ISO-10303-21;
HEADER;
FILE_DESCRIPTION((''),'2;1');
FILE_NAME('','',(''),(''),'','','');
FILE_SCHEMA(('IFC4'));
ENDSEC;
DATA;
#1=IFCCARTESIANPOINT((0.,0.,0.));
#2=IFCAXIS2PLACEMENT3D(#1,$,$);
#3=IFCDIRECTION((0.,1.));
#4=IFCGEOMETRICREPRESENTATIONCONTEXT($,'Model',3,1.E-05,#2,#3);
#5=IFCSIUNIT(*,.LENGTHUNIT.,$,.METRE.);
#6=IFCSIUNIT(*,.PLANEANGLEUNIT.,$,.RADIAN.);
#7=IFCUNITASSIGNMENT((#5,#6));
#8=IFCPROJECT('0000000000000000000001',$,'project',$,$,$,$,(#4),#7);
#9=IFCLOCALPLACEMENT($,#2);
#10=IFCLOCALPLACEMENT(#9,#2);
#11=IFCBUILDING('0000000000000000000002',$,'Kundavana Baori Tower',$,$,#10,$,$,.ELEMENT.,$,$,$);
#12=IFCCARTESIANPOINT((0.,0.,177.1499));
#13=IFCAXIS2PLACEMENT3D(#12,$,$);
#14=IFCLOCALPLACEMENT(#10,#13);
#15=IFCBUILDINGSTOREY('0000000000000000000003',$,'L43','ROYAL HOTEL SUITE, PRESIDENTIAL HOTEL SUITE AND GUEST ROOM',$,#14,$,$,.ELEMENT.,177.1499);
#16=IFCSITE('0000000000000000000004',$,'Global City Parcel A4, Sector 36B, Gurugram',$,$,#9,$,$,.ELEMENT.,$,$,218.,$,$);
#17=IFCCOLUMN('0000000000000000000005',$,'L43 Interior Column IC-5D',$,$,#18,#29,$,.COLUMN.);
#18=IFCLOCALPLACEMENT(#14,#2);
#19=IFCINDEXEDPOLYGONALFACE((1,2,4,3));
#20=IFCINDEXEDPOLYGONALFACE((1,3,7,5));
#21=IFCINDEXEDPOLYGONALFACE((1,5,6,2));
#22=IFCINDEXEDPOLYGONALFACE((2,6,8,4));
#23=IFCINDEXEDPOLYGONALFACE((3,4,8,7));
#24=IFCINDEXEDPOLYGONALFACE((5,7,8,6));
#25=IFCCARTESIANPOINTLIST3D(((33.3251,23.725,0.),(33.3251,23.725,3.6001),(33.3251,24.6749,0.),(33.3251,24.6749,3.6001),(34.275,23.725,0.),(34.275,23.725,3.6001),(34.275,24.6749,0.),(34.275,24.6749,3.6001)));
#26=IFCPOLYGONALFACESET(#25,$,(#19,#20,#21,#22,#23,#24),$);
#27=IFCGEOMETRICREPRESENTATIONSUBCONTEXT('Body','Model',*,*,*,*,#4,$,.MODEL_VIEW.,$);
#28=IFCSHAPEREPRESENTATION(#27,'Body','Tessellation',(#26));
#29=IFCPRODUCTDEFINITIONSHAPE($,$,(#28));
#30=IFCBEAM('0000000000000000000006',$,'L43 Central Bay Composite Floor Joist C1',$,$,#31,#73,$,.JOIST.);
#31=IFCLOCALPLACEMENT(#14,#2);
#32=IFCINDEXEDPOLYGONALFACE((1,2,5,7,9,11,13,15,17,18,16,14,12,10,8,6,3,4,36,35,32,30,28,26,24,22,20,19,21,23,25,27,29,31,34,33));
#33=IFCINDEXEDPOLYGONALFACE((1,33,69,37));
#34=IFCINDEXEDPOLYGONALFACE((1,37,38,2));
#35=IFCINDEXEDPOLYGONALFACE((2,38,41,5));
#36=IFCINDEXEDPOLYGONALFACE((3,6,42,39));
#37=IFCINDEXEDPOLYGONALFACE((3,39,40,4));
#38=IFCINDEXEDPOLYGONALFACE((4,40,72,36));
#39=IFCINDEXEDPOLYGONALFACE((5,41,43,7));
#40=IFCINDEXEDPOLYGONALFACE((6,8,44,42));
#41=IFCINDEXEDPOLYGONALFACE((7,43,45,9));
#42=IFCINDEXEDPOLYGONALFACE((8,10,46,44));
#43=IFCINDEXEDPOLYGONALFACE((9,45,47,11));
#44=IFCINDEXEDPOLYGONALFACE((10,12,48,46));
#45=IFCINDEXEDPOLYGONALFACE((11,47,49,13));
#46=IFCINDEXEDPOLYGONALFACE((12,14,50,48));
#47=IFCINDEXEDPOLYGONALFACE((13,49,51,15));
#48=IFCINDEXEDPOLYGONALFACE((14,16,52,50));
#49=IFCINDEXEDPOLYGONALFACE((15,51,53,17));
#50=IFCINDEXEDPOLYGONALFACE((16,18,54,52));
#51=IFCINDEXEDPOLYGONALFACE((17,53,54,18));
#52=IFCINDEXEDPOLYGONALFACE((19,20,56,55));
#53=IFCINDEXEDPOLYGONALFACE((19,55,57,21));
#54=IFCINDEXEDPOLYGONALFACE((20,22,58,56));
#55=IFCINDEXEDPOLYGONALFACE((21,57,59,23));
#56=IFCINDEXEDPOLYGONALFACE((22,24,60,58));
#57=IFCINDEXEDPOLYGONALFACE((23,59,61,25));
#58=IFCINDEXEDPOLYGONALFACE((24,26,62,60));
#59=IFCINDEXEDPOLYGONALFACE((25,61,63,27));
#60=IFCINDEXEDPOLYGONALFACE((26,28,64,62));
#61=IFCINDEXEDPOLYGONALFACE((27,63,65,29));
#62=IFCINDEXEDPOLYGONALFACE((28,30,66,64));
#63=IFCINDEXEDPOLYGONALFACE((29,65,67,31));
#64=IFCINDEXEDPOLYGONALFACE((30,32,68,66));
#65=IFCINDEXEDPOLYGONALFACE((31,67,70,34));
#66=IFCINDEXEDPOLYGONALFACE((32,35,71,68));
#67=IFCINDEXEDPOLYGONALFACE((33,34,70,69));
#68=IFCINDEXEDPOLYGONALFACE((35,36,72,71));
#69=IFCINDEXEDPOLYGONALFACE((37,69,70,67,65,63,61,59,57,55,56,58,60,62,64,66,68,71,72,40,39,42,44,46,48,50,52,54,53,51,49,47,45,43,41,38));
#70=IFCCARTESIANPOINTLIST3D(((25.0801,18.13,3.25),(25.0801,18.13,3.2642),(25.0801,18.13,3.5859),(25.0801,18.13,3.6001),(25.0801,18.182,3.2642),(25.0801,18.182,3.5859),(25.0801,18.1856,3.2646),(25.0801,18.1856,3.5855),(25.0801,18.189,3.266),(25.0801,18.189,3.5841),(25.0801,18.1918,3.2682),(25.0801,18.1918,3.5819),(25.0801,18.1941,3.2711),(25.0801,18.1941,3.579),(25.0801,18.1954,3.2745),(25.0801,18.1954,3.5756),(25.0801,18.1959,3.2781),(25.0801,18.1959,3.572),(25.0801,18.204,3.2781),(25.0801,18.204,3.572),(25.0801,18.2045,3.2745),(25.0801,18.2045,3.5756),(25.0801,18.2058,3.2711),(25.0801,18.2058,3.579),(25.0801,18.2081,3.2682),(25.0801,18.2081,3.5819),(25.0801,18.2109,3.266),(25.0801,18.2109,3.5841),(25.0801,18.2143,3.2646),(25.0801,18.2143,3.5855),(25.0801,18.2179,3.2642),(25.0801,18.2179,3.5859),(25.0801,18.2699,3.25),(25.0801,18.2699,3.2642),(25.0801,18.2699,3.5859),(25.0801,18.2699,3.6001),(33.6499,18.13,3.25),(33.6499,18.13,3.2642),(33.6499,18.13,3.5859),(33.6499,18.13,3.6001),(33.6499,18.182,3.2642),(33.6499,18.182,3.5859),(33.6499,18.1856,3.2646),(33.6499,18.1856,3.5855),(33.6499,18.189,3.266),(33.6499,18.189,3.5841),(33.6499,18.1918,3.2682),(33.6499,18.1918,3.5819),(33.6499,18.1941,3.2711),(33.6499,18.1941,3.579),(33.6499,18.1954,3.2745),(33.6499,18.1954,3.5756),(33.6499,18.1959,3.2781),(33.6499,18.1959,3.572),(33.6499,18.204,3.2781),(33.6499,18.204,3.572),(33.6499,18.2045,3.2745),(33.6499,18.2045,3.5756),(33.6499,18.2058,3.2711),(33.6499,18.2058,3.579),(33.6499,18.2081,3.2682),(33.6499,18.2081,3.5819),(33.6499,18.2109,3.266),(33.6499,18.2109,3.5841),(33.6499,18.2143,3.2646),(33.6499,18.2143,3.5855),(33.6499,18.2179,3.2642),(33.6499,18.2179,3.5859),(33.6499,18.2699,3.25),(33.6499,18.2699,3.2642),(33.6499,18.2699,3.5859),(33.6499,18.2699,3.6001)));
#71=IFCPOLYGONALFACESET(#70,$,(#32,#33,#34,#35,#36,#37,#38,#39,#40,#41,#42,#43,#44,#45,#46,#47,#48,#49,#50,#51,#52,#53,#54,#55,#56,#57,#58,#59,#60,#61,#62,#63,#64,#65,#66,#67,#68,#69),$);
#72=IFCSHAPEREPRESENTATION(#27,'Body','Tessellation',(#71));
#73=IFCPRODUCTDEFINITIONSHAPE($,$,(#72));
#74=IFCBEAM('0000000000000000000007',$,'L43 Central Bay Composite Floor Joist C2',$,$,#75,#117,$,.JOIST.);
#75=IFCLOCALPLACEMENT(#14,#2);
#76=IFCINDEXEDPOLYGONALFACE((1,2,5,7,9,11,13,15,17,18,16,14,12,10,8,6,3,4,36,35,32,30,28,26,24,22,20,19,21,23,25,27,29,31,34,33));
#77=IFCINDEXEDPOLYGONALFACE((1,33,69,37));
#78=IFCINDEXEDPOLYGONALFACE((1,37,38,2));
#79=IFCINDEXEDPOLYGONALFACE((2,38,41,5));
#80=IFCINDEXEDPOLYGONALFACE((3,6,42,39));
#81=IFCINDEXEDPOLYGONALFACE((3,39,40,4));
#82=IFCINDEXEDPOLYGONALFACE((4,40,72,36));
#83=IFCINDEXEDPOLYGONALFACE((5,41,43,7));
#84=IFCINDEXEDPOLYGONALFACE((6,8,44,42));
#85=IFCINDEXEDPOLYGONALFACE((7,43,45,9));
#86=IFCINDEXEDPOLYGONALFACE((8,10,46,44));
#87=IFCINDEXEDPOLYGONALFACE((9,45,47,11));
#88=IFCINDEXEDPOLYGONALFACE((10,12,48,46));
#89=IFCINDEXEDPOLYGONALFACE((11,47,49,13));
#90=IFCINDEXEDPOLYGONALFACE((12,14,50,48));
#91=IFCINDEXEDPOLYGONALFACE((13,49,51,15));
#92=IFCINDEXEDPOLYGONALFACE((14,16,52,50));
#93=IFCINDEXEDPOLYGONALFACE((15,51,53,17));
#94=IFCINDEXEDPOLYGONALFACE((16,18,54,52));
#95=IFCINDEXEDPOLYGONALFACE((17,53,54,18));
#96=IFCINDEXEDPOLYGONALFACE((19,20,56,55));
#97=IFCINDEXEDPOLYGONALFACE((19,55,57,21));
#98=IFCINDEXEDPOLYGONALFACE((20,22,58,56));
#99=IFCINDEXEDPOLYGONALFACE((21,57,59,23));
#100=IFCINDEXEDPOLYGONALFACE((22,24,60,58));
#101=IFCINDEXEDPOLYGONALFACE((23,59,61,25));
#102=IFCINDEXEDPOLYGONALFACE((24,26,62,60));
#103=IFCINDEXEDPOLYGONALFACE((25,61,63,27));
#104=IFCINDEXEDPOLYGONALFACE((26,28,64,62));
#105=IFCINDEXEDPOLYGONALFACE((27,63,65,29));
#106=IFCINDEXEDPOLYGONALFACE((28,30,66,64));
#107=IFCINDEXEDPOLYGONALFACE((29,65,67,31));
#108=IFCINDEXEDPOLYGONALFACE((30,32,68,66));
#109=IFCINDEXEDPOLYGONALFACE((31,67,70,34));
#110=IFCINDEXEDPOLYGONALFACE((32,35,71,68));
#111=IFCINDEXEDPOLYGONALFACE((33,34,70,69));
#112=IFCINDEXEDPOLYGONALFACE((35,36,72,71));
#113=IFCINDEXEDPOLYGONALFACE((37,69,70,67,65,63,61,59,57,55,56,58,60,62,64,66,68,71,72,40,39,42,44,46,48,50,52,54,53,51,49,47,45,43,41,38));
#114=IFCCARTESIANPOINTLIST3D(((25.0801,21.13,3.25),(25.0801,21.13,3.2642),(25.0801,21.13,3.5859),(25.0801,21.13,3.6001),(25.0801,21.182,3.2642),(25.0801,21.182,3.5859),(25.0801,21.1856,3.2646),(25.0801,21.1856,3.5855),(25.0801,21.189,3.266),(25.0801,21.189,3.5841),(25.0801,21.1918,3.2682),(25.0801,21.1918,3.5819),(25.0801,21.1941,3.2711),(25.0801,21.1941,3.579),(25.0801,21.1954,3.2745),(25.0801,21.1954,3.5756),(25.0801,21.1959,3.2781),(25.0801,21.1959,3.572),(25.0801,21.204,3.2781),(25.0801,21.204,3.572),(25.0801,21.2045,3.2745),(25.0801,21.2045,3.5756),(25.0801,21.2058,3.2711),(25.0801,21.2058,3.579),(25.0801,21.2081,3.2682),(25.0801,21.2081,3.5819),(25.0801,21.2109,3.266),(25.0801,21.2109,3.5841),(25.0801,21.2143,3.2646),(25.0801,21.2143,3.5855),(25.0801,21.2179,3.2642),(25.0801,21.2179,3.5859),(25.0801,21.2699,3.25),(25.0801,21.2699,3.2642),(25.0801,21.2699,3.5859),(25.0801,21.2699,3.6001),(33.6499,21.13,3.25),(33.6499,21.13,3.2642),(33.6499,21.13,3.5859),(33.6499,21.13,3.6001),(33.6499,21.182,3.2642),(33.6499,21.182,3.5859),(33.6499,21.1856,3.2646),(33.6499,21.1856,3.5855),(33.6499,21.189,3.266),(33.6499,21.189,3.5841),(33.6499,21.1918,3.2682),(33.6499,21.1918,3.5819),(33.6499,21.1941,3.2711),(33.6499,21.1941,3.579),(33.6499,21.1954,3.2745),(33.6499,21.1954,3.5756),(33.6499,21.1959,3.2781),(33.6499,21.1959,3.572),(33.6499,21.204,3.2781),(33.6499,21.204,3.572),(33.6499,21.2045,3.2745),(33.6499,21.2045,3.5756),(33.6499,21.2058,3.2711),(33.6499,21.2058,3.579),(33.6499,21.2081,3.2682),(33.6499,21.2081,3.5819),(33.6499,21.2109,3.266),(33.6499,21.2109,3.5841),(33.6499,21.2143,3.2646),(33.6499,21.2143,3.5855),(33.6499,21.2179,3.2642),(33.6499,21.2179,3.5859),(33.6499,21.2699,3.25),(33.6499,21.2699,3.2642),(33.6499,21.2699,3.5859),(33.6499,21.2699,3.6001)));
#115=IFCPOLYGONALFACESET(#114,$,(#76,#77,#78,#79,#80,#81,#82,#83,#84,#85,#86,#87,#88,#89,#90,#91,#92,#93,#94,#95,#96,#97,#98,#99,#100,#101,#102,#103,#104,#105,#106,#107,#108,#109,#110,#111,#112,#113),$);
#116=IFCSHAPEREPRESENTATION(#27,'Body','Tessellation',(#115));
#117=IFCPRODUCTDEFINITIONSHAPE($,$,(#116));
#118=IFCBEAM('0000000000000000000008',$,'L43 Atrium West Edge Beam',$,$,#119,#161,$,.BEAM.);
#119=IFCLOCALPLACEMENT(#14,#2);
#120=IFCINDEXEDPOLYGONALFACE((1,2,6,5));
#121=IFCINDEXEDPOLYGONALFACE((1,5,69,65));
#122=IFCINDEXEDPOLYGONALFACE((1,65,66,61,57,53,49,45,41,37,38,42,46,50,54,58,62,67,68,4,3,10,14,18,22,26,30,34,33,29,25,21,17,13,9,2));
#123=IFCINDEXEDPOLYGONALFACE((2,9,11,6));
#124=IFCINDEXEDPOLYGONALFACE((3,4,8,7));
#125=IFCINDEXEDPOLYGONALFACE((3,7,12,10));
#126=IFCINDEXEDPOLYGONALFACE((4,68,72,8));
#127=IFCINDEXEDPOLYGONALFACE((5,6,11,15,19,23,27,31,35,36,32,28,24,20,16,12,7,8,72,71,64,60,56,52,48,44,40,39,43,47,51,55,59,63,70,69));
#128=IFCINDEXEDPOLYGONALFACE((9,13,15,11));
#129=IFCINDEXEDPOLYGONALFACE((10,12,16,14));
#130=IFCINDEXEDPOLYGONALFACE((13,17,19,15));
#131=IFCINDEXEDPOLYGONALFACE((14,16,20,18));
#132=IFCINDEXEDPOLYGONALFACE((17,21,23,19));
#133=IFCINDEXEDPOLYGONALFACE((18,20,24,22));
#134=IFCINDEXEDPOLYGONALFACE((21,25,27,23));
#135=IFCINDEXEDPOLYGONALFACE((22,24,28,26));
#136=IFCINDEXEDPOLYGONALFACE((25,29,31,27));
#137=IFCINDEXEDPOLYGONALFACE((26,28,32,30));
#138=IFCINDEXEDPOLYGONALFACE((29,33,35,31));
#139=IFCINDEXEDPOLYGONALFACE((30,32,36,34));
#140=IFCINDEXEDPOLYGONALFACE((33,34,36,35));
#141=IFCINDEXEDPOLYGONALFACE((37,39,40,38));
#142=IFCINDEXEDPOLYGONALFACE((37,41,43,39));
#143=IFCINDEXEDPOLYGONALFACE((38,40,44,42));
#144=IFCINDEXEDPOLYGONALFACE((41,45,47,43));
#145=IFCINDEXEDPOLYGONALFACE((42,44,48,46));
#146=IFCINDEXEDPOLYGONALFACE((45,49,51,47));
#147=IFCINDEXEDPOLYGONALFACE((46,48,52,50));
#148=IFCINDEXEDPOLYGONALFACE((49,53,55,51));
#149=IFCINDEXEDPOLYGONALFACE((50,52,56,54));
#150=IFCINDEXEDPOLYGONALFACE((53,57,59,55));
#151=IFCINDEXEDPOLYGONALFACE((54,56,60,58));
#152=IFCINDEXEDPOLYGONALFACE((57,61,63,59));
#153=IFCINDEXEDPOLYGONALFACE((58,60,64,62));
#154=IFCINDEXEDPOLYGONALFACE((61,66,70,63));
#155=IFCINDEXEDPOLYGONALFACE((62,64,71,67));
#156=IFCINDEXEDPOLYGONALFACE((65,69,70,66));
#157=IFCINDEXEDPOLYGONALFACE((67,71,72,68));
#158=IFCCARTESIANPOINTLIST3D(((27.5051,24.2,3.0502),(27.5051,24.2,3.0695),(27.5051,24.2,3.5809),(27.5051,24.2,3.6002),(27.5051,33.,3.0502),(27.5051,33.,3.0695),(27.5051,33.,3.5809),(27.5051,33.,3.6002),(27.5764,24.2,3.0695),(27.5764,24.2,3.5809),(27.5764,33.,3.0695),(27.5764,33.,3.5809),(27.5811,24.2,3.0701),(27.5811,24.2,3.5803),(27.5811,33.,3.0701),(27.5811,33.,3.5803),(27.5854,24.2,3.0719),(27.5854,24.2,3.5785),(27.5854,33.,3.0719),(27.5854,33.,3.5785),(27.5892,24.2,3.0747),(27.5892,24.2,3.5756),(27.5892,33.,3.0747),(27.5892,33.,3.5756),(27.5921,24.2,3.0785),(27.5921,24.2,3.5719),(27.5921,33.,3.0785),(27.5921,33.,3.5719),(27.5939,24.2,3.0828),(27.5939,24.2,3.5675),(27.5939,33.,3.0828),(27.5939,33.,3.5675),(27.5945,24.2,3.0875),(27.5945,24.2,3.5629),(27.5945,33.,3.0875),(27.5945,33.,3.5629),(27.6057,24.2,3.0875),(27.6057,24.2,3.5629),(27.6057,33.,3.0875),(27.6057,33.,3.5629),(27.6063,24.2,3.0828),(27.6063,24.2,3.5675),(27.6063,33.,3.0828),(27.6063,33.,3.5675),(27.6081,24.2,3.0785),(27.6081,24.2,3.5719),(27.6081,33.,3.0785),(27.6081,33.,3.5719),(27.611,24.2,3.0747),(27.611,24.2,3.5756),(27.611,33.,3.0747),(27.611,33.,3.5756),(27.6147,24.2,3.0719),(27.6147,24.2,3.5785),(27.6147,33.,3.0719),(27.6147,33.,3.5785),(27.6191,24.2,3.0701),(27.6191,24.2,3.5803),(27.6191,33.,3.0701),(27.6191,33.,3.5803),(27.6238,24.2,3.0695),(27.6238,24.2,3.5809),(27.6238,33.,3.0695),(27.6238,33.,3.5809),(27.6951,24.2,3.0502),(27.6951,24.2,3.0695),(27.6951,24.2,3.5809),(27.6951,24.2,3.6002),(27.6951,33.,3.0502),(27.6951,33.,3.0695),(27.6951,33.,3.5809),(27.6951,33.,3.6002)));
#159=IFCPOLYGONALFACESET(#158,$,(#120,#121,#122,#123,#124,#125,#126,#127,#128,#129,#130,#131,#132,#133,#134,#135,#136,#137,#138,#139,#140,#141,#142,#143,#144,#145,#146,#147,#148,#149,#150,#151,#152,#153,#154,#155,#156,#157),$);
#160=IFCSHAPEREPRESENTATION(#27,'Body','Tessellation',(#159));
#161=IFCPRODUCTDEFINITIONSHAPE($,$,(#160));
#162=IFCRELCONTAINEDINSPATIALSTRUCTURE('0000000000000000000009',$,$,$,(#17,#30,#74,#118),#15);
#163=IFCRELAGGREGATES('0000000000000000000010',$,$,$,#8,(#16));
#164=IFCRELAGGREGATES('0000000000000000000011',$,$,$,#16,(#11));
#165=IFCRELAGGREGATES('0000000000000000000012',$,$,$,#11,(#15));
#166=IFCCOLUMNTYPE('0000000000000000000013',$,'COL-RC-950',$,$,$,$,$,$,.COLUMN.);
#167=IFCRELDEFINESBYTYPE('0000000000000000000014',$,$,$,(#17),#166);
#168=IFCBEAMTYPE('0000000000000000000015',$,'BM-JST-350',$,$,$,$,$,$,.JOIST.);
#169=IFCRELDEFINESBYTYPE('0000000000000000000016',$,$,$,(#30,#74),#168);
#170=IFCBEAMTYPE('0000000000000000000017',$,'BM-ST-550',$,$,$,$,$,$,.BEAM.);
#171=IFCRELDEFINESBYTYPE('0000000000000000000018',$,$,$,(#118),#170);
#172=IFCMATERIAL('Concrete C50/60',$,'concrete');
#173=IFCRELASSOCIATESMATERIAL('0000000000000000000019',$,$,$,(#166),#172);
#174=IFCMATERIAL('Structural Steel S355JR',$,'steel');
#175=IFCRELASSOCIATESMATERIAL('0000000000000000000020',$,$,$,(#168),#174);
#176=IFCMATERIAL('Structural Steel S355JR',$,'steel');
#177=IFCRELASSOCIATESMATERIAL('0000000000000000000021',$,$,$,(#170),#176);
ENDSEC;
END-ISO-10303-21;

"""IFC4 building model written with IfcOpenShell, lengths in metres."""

from ifc_helpers import new_model, si_unit, direction, frame, origin, origin_2d, place, context, subcontext, project, spatial, rectangle, i_section, extrude, material, material_profile, profile_set, type_object, element, save


model = new_model("IFC4")

# Units and contexts
model_context = context("Model", 3, precision=1e-05, world=origin(), true_north=direction((0.0, 1.0)))
body_context = subcontext(model_context, "Body", "Model", "MODEL_VIEW")
ifc_project = project(units=[si_unit("LENGTHUNIT", "METRE"), si_unit("PLANEANGLEUNIT", "RADIAN")], contexts=[model_context])

# Site, building, storey
site_placement = place(None, origin())
site = spatial("IfcSite", under=ifc_project, at=site_placement, Name="Global City Parcel A4, Sector 36B, Gurugram", CompositionType="ELEMENT", RefElevation=218.0)
building_placement = place(site_placement, origin())
building = spatial("IfcBuilding", under=site, at=building_placement, Name="Kundavana Baori Tower", CompositionType="ELEMENT")
storey_placement = place(building_placement, frame((0.0, 0.0, 177.1499)))
storey = spatial("IfcBuildingStorey", under=building, at=storey_placement, Name="L43", Description="ROYAL HOTEL SUITE, PRESIDENTIAL HOTEL SUITE AND GUEST ROOM", CompositionType="ELEMENT", Elevation=177.1499)

# Column
ifc_material_1 = material(Name="Concrete C50/60", Category="concrete")
ifc_material_profile_1 = material_profile(ifc_material_1, rectangle(XDim=0.95, YDim=0.95, at=origin_2d()), Name="RC 950x950")
ifc_profile_set_1 = profile_set([ifc_material_profile_1], Name="Concrete C50/60")
column_type = type_object("IfcColumnType", Name="COL-RC-950", PredefinedType="COLUMN", material=ifc_profile_set_1)
column_placement = place(storey_placement, frame((33.8, 24.2, 0.0), z_axis=(0.0, 0.0, 1.0), x_axis=(1.0, 0.0, 0.0)))
element("IfcColumn", 1, at=column_placement, inside=storey, type_object=column_type, Name="L43 Interior Column IC-5D", PredefinedType="COLUMN", context=body_context, shape_type="SweptSolid", body=[
    extrude(rectangle(XDim=0.95, YDim=0.95, at=origin_2d()), origin(), (0.0, 0.0, 1.0), 3.6001),
])

# Beams
ifc_material_2 = material(Name="Structural Steel S355JR", Category="steel")
ifc_material_profile_2 = material_profile(ifc_material_2, i_section(OverallWidth=0.1399, OverallDepth=0.3501, WebThickness=0.0081, FlangeThickness=0.0142, FilletRadius=0.0139, at=origin_2d()), Name="ISMB 350")
ifc_profile_set_2 = profile_set([ifc_material_profile_2], Name="Structural Steel S355JR")
beam_type_1 = type_object("IfcBeamType", Name="BM-JST-350", PredefinedType="JOIST", material=ifc_profile_set_2)
for number, where, z_axis, x_axis, name in (
    (2, (25.0801, 18.2, 3.425), (1.0, 0.0, 0.0), (0.0, 1.0, 0.0), "L43 Central Bay Composite Floor Joist C1"),
    (3, (25.0801, 21.2, 3.425), (1.0, 0.0, 0.0), (0.0, 1.0, 0.0), "L43 Central Bay Composite Floor Joist C2"),
):
    element("IfcBeam", number, at=place(storey_placement, frame(where, z_axis=z_axis, x_axis=x_axis)), inside=storey, type_object=beam_type_1, Name=name, PredefinedType="JOIST", context=body_context, shape_type="SweptSolid", body=[
        extrude(i_section(OverallWidth=0.1399, OverallDepth=0.3501, WebThickness=0.0081, FlangeThickness=0.0142, FilletRadius=0.0139, at=origin_2d()), origin(), (0.0, 0.0, 1.0), 8.5698),
    ])
ifc_material_3 = material(Name="Structural Steel S355JR", Category="steel")
ifc_material_profile_3 = material_profile(ifc_material_3, i_section(OverallWidth=0.1899, OverallDepth=0.55, WebThickness=0.0112, FlangeThickness=0.0193, FilletRadius=0.0181, at=origin_2d()), Name="ISMB 550")
ifc_profile_set_3 = profile_set([ifc_material_profile_3], Name="Structural Steel S355JR")
beam_type_2 = type_object("IfcBeamType", Name="BM-ST-550", PredefinedType="BEAM", material=ifc_profile_set_3)
for number, where, z_axis, x_axis, name in (
    (4, (27.6001, 24.2, 3.3252), (0.0, 1.0, 0.0), (-1.0, 0.0, 0.0), "L43 Atrium West Edge Beam"),
):
    element("IfcBeam", number, at=place(storey_placement, frame(where, z_axis=z_axis, x_axis=x_axis)), inside=storey, type_object=beam_type_2, Name=name, PredefinedType="BEAM", context=body_context, shape_type="SweptSolid", body=[
        extrude(i_section(OverallWidth=0.1899, OverallDepth=0.55, WebThickness=0.0112, FlangeThickness=0.0193, FilletRadius=0.0181, at=origin_2d()), origin(), (0.0, 0.0, 1.0), 8.8),
    ])

save(model, "model.ifc")
